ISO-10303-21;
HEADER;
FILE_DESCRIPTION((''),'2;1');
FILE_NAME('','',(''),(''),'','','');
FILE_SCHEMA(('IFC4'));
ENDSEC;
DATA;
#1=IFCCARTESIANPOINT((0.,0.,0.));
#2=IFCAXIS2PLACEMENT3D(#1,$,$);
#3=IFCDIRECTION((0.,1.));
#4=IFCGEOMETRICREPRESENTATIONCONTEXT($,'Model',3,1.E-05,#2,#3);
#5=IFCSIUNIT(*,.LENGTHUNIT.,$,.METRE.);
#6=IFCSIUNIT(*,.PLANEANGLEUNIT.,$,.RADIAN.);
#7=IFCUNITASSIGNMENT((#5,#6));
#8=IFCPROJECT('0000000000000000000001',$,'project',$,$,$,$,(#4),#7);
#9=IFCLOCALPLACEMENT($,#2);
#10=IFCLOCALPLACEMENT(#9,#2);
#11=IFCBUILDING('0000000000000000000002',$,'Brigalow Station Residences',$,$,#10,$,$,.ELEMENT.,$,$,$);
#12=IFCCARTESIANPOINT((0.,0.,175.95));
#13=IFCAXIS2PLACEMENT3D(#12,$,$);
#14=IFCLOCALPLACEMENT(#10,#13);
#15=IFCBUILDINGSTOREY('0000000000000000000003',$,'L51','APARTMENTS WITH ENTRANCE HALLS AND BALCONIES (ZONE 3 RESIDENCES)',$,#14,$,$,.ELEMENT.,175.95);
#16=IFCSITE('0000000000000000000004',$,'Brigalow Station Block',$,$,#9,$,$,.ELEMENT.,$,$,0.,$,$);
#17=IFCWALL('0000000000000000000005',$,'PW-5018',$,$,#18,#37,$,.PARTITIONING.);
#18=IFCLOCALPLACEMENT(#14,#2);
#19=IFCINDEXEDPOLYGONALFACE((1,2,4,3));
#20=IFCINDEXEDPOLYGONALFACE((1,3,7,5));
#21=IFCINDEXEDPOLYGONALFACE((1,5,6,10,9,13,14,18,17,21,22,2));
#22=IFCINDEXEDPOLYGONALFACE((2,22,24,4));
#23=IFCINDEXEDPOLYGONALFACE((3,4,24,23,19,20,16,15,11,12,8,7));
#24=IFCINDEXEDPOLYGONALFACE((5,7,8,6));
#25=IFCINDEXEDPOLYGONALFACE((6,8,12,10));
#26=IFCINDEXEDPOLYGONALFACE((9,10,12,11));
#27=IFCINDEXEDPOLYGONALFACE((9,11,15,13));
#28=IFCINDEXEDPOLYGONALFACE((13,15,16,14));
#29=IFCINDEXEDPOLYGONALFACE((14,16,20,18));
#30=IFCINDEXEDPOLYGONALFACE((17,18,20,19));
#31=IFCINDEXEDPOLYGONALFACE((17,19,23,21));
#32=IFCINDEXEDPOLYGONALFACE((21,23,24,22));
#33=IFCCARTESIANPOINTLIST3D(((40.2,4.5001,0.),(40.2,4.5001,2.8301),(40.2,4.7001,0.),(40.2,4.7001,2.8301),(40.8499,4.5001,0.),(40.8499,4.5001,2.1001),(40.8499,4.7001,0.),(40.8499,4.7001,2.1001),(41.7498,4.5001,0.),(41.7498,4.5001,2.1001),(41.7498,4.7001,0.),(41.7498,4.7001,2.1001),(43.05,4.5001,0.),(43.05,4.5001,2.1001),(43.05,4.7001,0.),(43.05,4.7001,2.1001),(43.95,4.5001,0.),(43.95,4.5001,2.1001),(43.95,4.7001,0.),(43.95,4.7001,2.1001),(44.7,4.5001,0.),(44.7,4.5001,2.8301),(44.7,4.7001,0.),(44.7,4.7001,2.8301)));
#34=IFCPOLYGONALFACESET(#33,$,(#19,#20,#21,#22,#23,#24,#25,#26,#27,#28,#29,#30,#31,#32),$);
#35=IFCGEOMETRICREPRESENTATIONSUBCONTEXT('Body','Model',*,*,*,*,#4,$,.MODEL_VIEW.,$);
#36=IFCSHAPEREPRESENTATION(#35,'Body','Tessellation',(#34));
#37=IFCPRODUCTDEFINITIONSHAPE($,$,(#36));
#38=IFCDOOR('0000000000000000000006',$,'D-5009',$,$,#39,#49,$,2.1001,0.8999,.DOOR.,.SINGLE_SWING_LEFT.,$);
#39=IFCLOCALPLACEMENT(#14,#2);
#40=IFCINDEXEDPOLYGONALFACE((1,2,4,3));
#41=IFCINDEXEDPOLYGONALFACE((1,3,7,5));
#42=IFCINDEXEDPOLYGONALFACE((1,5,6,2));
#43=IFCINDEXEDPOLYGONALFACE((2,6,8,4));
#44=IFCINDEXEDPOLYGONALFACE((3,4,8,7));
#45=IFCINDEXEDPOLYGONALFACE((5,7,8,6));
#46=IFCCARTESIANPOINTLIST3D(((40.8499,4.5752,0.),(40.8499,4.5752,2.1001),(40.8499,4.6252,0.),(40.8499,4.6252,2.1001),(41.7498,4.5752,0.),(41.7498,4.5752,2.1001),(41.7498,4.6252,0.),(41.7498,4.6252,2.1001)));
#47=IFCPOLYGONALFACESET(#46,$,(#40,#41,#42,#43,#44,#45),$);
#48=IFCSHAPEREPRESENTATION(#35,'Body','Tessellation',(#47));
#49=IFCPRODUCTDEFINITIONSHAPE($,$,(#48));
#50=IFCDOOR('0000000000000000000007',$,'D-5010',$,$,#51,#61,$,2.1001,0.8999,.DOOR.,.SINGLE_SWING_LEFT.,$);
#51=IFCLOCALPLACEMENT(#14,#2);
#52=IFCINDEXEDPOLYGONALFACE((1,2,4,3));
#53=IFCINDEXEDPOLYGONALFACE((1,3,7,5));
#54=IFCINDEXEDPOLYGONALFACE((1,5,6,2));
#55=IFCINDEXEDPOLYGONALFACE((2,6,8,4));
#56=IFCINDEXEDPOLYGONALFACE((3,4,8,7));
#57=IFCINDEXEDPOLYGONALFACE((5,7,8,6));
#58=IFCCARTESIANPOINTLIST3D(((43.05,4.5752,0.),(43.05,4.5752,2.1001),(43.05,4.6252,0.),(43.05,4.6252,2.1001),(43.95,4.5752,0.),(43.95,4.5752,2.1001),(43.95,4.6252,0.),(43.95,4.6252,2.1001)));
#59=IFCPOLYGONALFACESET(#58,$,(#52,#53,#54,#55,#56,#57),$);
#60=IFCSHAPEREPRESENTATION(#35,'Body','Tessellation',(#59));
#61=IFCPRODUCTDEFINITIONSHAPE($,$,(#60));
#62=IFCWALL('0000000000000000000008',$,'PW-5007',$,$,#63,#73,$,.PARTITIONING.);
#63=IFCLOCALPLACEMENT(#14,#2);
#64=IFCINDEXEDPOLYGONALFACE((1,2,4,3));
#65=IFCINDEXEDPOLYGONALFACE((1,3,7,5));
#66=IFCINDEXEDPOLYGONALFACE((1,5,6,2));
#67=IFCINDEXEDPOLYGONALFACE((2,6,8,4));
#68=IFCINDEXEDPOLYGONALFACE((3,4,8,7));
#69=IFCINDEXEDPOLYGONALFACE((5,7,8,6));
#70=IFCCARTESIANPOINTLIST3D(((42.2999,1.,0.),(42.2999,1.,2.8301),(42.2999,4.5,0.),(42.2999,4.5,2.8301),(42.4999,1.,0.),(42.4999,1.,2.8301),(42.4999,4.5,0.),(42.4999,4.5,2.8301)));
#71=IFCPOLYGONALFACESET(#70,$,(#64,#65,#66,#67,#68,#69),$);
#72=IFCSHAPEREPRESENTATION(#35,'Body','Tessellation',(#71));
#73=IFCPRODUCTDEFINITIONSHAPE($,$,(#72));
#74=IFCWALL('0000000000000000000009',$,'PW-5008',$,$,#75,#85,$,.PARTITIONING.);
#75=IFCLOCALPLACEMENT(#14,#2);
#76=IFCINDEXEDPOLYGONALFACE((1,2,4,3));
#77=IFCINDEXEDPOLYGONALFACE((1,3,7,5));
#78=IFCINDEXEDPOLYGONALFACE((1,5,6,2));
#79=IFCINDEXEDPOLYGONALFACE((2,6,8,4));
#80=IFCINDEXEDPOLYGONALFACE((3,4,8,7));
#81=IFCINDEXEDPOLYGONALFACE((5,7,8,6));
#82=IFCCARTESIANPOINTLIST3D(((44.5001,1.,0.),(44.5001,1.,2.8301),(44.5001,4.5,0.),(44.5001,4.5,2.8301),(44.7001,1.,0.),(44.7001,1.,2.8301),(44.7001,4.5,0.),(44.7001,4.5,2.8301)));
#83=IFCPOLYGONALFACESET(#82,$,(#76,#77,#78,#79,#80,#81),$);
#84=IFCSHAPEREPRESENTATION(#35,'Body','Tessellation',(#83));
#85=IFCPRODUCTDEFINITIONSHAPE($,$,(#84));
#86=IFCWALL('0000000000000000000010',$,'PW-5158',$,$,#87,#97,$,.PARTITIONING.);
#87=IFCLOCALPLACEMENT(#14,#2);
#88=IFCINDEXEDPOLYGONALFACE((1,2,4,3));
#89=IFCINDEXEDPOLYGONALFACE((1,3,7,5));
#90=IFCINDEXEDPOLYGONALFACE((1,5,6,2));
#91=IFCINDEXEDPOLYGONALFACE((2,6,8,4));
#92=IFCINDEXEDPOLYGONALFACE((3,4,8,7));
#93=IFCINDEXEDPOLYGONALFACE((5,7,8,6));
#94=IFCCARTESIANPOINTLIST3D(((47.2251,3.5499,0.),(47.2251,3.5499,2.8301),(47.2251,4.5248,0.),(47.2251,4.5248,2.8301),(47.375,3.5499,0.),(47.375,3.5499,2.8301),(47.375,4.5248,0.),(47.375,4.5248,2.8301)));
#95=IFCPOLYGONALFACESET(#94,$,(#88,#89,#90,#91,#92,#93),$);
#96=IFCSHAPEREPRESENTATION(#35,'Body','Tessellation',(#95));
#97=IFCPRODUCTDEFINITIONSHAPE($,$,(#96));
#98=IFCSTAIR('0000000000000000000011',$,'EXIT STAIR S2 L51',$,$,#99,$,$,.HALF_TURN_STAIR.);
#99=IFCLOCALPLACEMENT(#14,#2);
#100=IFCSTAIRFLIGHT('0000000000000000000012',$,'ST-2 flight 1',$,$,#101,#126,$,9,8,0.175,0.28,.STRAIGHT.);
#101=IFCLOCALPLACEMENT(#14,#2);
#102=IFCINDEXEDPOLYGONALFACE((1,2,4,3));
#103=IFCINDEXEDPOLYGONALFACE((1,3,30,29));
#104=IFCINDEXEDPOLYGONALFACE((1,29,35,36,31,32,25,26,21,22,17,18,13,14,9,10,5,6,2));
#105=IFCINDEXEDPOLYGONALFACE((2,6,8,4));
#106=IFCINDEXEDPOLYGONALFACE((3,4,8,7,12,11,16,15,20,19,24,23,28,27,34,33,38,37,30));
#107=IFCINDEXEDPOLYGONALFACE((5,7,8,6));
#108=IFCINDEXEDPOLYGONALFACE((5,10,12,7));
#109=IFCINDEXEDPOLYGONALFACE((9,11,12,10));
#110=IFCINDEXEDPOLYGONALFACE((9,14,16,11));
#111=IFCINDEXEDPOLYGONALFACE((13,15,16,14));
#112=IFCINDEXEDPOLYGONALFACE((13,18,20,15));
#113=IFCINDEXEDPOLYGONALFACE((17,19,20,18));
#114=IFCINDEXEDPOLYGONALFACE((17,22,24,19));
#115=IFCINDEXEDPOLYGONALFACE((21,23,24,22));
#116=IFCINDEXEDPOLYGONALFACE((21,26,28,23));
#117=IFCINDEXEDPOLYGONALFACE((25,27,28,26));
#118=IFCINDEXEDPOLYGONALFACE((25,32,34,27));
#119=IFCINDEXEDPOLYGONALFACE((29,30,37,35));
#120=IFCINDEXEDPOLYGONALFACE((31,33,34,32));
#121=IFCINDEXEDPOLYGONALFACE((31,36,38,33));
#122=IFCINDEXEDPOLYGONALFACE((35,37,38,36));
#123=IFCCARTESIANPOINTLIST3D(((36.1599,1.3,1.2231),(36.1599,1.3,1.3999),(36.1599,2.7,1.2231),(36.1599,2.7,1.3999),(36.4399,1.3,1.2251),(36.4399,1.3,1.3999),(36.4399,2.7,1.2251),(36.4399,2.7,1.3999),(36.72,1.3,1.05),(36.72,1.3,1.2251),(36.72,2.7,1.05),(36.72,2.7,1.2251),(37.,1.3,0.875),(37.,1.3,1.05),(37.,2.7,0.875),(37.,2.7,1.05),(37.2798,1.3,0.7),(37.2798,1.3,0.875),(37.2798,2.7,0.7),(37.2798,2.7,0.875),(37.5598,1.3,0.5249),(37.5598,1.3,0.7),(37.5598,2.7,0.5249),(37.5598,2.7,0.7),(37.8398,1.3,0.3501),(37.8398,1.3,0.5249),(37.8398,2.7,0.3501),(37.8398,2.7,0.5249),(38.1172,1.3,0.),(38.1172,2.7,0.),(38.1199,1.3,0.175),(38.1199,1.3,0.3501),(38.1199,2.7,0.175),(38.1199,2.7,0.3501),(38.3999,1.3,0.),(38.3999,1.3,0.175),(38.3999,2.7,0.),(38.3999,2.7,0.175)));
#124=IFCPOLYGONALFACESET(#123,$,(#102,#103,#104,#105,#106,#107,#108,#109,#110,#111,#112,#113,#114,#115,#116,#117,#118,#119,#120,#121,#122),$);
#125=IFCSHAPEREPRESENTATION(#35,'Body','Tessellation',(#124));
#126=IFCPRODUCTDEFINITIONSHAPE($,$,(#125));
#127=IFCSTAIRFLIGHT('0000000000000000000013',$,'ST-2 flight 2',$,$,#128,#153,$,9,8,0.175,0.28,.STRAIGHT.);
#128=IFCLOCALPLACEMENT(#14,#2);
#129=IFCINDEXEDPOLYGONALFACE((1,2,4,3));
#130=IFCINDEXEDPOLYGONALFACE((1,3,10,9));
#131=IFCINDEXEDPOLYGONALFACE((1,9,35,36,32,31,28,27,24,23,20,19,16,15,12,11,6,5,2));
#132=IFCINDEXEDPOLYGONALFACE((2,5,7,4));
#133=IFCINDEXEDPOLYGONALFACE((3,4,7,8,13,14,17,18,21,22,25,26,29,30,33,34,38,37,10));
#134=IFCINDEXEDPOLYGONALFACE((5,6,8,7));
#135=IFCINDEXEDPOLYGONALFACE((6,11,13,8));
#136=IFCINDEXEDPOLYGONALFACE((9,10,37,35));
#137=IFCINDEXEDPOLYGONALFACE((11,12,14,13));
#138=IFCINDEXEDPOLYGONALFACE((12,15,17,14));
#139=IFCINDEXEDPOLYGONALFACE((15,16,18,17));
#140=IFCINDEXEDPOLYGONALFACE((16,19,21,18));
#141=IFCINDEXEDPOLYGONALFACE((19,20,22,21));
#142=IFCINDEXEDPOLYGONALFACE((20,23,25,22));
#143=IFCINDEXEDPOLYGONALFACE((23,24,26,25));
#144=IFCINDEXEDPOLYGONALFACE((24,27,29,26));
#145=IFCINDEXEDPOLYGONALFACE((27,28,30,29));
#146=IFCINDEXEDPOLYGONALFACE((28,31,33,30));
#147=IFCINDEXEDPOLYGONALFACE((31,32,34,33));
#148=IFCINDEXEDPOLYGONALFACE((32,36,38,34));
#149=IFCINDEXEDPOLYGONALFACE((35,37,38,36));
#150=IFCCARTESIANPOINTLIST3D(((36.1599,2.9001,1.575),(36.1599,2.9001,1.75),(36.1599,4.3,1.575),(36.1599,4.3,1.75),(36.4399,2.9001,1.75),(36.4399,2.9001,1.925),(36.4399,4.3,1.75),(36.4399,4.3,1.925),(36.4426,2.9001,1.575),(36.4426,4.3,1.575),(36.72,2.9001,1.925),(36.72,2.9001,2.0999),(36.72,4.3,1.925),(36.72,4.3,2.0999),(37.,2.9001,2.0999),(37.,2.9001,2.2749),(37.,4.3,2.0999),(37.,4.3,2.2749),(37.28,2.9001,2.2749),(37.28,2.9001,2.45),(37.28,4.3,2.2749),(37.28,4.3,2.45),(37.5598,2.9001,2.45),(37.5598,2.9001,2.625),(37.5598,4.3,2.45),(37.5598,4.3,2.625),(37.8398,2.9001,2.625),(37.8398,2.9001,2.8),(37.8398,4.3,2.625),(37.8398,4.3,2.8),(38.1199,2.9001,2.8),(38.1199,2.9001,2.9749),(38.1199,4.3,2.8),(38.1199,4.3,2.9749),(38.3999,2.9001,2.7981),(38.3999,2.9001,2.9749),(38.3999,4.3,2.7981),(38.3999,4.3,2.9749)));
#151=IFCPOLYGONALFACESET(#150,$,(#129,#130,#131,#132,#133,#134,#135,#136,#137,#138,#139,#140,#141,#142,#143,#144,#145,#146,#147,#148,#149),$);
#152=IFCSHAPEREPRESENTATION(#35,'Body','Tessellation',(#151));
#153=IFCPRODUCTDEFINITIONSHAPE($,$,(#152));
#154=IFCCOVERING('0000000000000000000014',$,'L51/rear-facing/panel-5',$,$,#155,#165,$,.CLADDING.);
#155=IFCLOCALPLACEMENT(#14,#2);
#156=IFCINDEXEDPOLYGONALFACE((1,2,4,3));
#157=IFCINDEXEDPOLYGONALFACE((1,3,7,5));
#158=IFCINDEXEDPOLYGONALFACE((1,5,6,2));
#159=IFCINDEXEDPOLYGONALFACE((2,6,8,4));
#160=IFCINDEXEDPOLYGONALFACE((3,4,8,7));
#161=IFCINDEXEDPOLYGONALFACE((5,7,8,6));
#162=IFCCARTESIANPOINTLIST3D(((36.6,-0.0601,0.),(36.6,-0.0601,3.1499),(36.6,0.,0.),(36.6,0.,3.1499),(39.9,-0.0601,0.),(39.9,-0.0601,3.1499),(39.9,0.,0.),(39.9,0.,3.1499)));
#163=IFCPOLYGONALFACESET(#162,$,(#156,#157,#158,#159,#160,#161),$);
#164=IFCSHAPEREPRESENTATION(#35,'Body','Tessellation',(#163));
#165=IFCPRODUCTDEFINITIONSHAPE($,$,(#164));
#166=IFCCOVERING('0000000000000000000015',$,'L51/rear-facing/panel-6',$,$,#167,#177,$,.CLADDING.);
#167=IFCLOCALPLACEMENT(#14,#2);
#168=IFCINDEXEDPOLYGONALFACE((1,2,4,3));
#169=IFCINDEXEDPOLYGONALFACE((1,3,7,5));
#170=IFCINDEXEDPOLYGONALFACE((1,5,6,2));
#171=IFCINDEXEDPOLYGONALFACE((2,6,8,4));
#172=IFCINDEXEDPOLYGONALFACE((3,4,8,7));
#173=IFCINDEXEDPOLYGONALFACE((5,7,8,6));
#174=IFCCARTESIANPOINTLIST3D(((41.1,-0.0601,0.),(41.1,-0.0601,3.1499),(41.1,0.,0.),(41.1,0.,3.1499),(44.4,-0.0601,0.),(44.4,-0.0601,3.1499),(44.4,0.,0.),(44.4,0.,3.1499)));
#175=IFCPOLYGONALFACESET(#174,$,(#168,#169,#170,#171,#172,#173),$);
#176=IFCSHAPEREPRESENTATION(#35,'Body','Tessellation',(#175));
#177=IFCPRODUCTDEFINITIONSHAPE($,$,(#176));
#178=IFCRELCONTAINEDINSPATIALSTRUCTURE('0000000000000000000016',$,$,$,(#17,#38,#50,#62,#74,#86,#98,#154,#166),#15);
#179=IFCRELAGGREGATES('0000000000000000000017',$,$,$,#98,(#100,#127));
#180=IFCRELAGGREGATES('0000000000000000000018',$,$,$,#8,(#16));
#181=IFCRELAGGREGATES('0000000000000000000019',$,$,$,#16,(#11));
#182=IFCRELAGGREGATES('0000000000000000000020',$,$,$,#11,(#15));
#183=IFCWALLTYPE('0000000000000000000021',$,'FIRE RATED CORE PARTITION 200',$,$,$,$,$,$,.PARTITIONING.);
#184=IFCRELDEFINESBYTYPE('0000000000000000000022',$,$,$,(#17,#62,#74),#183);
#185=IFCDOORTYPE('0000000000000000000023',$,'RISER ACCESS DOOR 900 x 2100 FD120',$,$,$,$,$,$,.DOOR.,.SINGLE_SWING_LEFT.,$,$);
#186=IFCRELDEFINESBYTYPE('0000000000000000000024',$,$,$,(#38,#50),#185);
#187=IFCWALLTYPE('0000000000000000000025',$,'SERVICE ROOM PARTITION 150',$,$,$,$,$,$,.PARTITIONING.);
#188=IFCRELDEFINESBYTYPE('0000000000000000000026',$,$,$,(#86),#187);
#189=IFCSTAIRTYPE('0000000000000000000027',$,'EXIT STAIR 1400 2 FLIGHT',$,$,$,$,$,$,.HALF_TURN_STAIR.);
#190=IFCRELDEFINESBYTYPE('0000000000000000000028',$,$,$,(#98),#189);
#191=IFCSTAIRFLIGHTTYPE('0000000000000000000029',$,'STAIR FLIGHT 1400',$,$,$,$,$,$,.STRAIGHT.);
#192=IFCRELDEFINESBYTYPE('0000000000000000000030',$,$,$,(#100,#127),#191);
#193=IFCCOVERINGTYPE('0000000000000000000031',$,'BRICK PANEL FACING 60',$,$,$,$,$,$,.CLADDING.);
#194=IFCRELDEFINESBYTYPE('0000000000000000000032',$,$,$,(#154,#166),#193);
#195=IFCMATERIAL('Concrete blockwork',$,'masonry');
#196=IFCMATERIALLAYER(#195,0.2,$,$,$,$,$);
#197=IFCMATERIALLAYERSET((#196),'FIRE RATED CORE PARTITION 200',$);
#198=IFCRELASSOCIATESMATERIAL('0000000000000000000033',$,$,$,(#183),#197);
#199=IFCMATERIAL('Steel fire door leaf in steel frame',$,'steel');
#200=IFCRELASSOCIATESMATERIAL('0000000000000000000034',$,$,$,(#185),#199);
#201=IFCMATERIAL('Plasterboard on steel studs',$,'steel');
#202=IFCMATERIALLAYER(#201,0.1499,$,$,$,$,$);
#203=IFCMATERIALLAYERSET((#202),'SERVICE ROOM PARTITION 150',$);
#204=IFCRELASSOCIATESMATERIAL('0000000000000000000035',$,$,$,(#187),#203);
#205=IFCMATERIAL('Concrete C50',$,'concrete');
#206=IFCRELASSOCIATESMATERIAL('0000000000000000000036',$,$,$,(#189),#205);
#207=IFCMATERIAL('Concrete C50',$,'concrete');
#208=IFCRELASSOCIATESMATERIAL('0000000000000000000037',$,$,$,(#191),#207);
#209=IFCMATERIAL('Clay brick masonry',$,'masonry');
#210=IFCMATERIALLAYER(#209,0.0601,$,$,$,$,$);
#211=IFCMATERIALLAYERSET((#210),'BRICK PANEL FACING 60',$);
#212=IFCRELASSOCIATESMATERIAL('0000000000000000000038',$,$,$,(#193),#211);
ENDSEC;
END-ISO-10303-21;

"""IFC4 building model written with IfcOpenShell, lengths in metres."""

from ifc_helpers import new_model, si_unit, direction, frame, frame_2d, origin, origin_2d, place, context, subcontext, project, spatial, polyline, rectangle, outline, extrude, material, layer, layer_set, type_object, element, fill, aggregate, save


model = new_model("IFC4")

# Units and contexts
model_context = context("Model", 3, precision=1e-05, world=origin(), true_north=direction((0.0, 1.0)))
body_context = subcontext(model_context, "Body", "Model", "MODEL_VIEW")
ifc_project = project(units=[si_unit("LENGTHUNIT", "METRE"), si_unit("PLANEANGLEUNIT", "RADIAN")], contexts=[model_context])

# Site, building, storey
site_placement = place(None, origin())
site = spatial("IfcSite", under=ifc_project, at=site_placement, Name="Brigalow Station Block", CompositionType="ELEMENT", RefElevation=0.0)
building_placement = place(site_placement, origin())
building = spatial("IfcBuilding", under=site, at=building_placement, Name="Brigalow Station Residences", CompositionType="ELEMENT")
storey_placement = place(building_placement, frame((0.0, 0.0, 175.95)))
storey = spatial("IfcBuildingStorey", under=building, at=storey_placement, Name="L51", Description="APARTMENTS WITH ENTRANCE HALLS AND BALCONIES (ZONE 3 RESIDENCES)", CompositionType="ELEMENT", Elevation=175.95)

# Wall, openings, doors
ifc_material_1 = material(Name="Concrete blockwork", Category="masonry")
ifc_layer_1 = layer(ifc_material_1, 0.2)
ifc_layer_set_1 = layer_set([ifc_layer_1], Name="FIRE RATED CORE PARTITION 200")
wall_type_1 = type_object("IfcWallType", Name="FIRE RATED CORE PARTITION 200", PredefinedType="PARTITIONING", material=ifc_layer_set_1)
wall_1_placement = place(storey_placement, frame((40.2, 4.6001, 0.0), z_axis=(0.0, 0.0, 1.0), x_axis=(1.0, 0.0, 0.0)))
wall_1 = element("IfcWall", 1, at=wall_1_placement, inside=storey, type_object=wall_type_1, Name="PW-5018", PredefinedType="PARTITIONING", context=body_context, shape_type="SweptSolid", body=[
    extrude(rectangle(XDim=4.5, YDim=0.2, at=frame_2d((2.25, 0.0))), origin(), (0.0, 0.0, 1.0), 2.8301),
])
opening_1_placement = place(wall_1_placement, frame((0.6499, 0.0, 0.0)))
opening_1 = element("IfcOpeningElement", 2, at=opening_1_placement, cuts=wall_1, PredefinedType="OPENING", context=body_context, shape_type="SweptSolid", body=[
    extrude(rectangle(XDim=0.8999, YDim=2.1001, at=frame_2d((0.45, 1.05))), frame((0.0, 0.1099, 0.0), z_axis=(0.0, -1.0, 0.0), x_axis=(1.0, 0.0, 0.0)), (0.0, 0.0, 1.0), 0.22),
])
opening_2_placement = place(wall_1_placement, frame((2.8501, 0.0, 0.0)))
opening_2 = element("IfcOpeningElement", 3, at=opening_2_placement, cuts=wall_1, PredefinedType="OPENING", context=body_context, shape_type="SweptSolid", body=[
    extrude(rectangle(XDim=0.8999, YDim=2.1001, at=frame_2d((0.45, 1.05))), frame((0.0, 0.1099, 0.0), z_axis=(0.0, -1.0, 0.0), x_axis=(1.0, 0.0, 0.0)), (0.0, 0.0, 1.0), 0.22),
])
ifc_material_2 = material(Name="Steel fire door leaf in steel frame", Category="steel")
door_type_1 = type_object("IfcDoorType", Name="RISER ACCESS DOOR 900 x 2100 FD120", OperationType="SINGLE_SWING_LEFT", PredefinedType="DOOR", material=ifc_material_2)
door_1_placement = place(opening_1_placement, frame((0.8999, 0.0, 0.0), z_axis=(0.0, 0.0, 1.0), x_axis=(-1.0, 0.0, 0.0)))
door_1 = element("IfcDoor", 4, at=door_1_placement, inside=storey, type_object=door_type_1, Name="D-5009", OperationType="SINGLE_SWING_LEFT", OverallHeight=2.1001, OverallWidth=0.8999, PredefinedType="DOOR", context=body_context, shape_type="SweptSolid", body=[
    extrude(rectangle(XDim=0.8999, YDim=2.1001, at=frame_2d((0.45, 1.05))), frame((0.0, 0.0249, 0.0), z_axis=(0.0, -1.0, 0.0), x_axis=(1.0, 0.0, 0.0)), (0.0, 0.0, 1.0), 0.05),
])
fill(opening_1, door_1)
door_2_placement = place(opening_2_placement, frame((0.8999, 0.0, 0.0), z_axis=(0.0, 0.0, 1.0), x_axis=(-1.0, 0.0, 0.0)))
door_2 = element("IfcDoor", 5, at=door_2_placement, inside=storey, type_object=door_type_1, Name="D-5010", OperationType="SINGLE_SWING_LEFT", OverallHeight=2.1001, OverallWidth=0.8999, PredefinedType="DOOR", context=body_context, shape_type="SweptSolid", body=[
    extrude(rectangle(XDim=0.8999, YDim=2.1001, at=frame_2d((0.45, 1.05))), frame((0.0, 0.0249, 0.0), z_axis=(0.0, -1.0, 0.0), x_axis=(1.0, 0.0, 0.0)), (0.0, 0.0, 1.0), 0.05),
])
fill(opening_2, door_2)

# Walls
for number, where, z_axis, x_axis, name in (
    (6, (42.3999, 1.0, 0.0), (0.0, 0.0, 1.0), (0.0, 1.0, 0.0), "PW-5007"),
    (7, (44.6001, 1.0, 0.0), (0.0, 0.0, 1.0), (0.0, 1.0, 0.0), "PW-5008"),
):
    element("IfcWall", number, at=place(storey_placement, frame(where, z_axis=z_axis, x_axis=x_axis)), inside=storey, type_object=wall_type_1, Name=name, PredefinedType="PARTITIONING", context=body_context, shape_type="SweptSolid", body=[
        extrude(rectangle(XDim=3.5, YDim=0.2, at=frame_2d((1.75, 0.0))), origin(), (0.0, 0.0, 1.0), 2.8301),
    ])
ifc_material_3 = material(Name="Plasterboard on steel studs", Category="steel")
ifc_layer_2 = layer(ifc_material_3, 0.1499)
ifc_layer_set_2 = layer_set([ifc_layer_2], Name="SERVICE ROOM PARTITION 150")
wall_type_2 = type_object("IfcWallType", Name="SERVICE ROOM PARTITION 150", PredefinedType="PARTITIONING", material=ifc_layer_set_2)
wall_2_placement = place(storey_placement, frame((47.3, 3.55, 0.0), z_axis=(0.0, 0.0, 1.0), x_axis=(0.0, 1.0, 0.0)))
element("IfcWall", 8, at=wall_2_placement, inside=storey, type_object=wall_type_2, Name="PW-5158", PredefinedType="PARTITIONING", context=body_context, shape_type="SweptSolid", body=[
    extrude(rectangle(XDim=0.9749, YDim=0.1499, at=frame_2d((0.4873, 0.0))), origin(), (0.0, 0.0, 1.0), 2.8301),
])

# Stair, stair flights
ifc_material_4 = material(Name="Concrete C50", Category="concrete")
stair_type = type_object("IfcStairType", Name="EXIT STAIR 1400 2 FLIGHT", PredefinedType="HALF_TURN_STAIR", material=ifc_material_4)
stair_placement = place(storey_placement, origin())
stair = element("IfcStair", 9, at=stair_placement, inside=storey, type_object=stair_type, Name="EXIT STAIR S2 L51", PredefinedType="HALF_TURN_STAIR")
ifc_material_5 = material(Name="Concrete C50", Category="concrete")
stair_flight_type = type_object("IfcStairFlightType", Name="STAIR FLIGHT 1400", PredefinedType="STRAIGHT", material=ifc_material_5)
stair_flight_1_placement = place(storey_placement, frame((38.3999, 2.0, 0.0), z_axis=(0.0, 0.0, 1.0), x_axis=(-1.0, 0.0, 0.0)))
stair_flight_1 = element("IfcStairFlight", 10, at=stair_flight_1_placement, type_object=stair_flight_type, Name="ST-2 flight 1", NumberOfRisers=9, NumberOfTreads=8, PredefinedType="STRAIGHT", RiserHeight=0.175, TreadLength=0.28, context=body_context, shape_type="SweptSolid", body=[
    extrude(outline(polyline([(0.0, 0.0), (0.0, 0.175), (0.28, 0.175), (0.28, 0.3501), (0.5601, 0.3501), (0.5601, 0.5249), (0.8401, 0.5249), (0.8401, 0.7), (1.1201, 0.7), (1.1201, 0.875), (1.3999, 0.875), (1.3999, 1.05), (1.6799, 1.05), (1.6799, 1.2251), (1.96, 1.2251), (1.96, 1.3999), (2.24, 1.3999), (2.24, 1.575), (2.24, 1.2231), (0.2827, 0.0), (0.0, 0.0)])), frame((0.0, 0.7, 0.0), z_axis=(0.0, -1.0, 0.0), x_axis=(1.0, 0.0, 0.0)), (0.0, 0.0, 1.0), 1.3999),
])
stair_flight_2_placement = place(storey_placement, frame((36.1599, 3.6001, 1.575), z_axis=(0.0, 0.0, 1.0), x_axis=(1.0, 0.0, 0.0)))
stair_flight_2 = element("IfcStairFlight", 11, at=stair_flight_2_placement, type_object=stair_flight_type, Name="ST-2 flight 2", NumberOfRisers=9, NumberOfTreads=8, PredefinedType="STRAIGHT", RiserHeight=0.175, TreadLength=0.28, context=body_context, shape_type="SweptSolid", body=[
    extrude(outline(polyline([(0.0, 0.0), (0.0, 0.175), (0.28, 0.175), (0.28, 0.3501), (0.5601, 0.3501), (0.5601, 0.5249), (0.8401, 0.5249), (0.8401, 0.7), (1.1201, 0.7), (1.1201, 0.875), (1.3999, 0.875), (1.3999, 1.05), (1.6799, 1.05), (1.6799, 1.2251), (1.96, 1.2251), (1.96, 1.3999), (2.24, 1.3999), (2.24, 1.575), (2.24, 1.2231), (0.2827, 0.0), (0.0, 0.0)])), frame((0.0, 0.7, 0.0), z_axis=(0.0, -1.0, 0.0), x_axis=(1.0, 0.0, 0.0)), (0.0, 0.0, 1.0), 1.3999),
])
aggregate(stair, [stair_flight_1, stair_flight_2])

# Coverings
ifc_material_6 = material(Name="Clay brick masonry", Category="masonry")
ifc_layer_3 = layer(ifc_material_6, 0.0601)
ifc_layer_set_3 = layer_set([ifc_layer_3], Name="BRICK PANEL FACING 60")
covering_type_1 = type_object("IfcCoveringType", Name="BRICK PANEL FACING 60", PredefinedType="CLADDING", material=ifc_layer_set_3)
for number, where, z_axis, x_axis, name in (
    (12, (38.25, -0.03, 0.0), (0.0, 0.0, 1.0), (1.0, 0.0, 0.0), "L51/rear-facing/panel-5"),
    (13, (42.75, -0.03, 0.0), (0.0, 0.0, 1.0), (1.0, 0.0, 0.0), "L51/rear-facing/panel-6"),
):
    element("IfcCovering", number, at=place(storey_placement, frame(where, z_axis=z_axis, x_axis=x_axis)), inside=storey, type_object=covering_type_1, Name=name, PredefinedType="CLADDING", context=body_context, shape_type="SweptSolid", body=[
        extrude(rectangle(XDim=3.3, YDim=0.0601, at=origin_2d()), origin(), (0.0, 0.0, 1.0), 3.1499),
    ])

save(model, "model.ifc")
